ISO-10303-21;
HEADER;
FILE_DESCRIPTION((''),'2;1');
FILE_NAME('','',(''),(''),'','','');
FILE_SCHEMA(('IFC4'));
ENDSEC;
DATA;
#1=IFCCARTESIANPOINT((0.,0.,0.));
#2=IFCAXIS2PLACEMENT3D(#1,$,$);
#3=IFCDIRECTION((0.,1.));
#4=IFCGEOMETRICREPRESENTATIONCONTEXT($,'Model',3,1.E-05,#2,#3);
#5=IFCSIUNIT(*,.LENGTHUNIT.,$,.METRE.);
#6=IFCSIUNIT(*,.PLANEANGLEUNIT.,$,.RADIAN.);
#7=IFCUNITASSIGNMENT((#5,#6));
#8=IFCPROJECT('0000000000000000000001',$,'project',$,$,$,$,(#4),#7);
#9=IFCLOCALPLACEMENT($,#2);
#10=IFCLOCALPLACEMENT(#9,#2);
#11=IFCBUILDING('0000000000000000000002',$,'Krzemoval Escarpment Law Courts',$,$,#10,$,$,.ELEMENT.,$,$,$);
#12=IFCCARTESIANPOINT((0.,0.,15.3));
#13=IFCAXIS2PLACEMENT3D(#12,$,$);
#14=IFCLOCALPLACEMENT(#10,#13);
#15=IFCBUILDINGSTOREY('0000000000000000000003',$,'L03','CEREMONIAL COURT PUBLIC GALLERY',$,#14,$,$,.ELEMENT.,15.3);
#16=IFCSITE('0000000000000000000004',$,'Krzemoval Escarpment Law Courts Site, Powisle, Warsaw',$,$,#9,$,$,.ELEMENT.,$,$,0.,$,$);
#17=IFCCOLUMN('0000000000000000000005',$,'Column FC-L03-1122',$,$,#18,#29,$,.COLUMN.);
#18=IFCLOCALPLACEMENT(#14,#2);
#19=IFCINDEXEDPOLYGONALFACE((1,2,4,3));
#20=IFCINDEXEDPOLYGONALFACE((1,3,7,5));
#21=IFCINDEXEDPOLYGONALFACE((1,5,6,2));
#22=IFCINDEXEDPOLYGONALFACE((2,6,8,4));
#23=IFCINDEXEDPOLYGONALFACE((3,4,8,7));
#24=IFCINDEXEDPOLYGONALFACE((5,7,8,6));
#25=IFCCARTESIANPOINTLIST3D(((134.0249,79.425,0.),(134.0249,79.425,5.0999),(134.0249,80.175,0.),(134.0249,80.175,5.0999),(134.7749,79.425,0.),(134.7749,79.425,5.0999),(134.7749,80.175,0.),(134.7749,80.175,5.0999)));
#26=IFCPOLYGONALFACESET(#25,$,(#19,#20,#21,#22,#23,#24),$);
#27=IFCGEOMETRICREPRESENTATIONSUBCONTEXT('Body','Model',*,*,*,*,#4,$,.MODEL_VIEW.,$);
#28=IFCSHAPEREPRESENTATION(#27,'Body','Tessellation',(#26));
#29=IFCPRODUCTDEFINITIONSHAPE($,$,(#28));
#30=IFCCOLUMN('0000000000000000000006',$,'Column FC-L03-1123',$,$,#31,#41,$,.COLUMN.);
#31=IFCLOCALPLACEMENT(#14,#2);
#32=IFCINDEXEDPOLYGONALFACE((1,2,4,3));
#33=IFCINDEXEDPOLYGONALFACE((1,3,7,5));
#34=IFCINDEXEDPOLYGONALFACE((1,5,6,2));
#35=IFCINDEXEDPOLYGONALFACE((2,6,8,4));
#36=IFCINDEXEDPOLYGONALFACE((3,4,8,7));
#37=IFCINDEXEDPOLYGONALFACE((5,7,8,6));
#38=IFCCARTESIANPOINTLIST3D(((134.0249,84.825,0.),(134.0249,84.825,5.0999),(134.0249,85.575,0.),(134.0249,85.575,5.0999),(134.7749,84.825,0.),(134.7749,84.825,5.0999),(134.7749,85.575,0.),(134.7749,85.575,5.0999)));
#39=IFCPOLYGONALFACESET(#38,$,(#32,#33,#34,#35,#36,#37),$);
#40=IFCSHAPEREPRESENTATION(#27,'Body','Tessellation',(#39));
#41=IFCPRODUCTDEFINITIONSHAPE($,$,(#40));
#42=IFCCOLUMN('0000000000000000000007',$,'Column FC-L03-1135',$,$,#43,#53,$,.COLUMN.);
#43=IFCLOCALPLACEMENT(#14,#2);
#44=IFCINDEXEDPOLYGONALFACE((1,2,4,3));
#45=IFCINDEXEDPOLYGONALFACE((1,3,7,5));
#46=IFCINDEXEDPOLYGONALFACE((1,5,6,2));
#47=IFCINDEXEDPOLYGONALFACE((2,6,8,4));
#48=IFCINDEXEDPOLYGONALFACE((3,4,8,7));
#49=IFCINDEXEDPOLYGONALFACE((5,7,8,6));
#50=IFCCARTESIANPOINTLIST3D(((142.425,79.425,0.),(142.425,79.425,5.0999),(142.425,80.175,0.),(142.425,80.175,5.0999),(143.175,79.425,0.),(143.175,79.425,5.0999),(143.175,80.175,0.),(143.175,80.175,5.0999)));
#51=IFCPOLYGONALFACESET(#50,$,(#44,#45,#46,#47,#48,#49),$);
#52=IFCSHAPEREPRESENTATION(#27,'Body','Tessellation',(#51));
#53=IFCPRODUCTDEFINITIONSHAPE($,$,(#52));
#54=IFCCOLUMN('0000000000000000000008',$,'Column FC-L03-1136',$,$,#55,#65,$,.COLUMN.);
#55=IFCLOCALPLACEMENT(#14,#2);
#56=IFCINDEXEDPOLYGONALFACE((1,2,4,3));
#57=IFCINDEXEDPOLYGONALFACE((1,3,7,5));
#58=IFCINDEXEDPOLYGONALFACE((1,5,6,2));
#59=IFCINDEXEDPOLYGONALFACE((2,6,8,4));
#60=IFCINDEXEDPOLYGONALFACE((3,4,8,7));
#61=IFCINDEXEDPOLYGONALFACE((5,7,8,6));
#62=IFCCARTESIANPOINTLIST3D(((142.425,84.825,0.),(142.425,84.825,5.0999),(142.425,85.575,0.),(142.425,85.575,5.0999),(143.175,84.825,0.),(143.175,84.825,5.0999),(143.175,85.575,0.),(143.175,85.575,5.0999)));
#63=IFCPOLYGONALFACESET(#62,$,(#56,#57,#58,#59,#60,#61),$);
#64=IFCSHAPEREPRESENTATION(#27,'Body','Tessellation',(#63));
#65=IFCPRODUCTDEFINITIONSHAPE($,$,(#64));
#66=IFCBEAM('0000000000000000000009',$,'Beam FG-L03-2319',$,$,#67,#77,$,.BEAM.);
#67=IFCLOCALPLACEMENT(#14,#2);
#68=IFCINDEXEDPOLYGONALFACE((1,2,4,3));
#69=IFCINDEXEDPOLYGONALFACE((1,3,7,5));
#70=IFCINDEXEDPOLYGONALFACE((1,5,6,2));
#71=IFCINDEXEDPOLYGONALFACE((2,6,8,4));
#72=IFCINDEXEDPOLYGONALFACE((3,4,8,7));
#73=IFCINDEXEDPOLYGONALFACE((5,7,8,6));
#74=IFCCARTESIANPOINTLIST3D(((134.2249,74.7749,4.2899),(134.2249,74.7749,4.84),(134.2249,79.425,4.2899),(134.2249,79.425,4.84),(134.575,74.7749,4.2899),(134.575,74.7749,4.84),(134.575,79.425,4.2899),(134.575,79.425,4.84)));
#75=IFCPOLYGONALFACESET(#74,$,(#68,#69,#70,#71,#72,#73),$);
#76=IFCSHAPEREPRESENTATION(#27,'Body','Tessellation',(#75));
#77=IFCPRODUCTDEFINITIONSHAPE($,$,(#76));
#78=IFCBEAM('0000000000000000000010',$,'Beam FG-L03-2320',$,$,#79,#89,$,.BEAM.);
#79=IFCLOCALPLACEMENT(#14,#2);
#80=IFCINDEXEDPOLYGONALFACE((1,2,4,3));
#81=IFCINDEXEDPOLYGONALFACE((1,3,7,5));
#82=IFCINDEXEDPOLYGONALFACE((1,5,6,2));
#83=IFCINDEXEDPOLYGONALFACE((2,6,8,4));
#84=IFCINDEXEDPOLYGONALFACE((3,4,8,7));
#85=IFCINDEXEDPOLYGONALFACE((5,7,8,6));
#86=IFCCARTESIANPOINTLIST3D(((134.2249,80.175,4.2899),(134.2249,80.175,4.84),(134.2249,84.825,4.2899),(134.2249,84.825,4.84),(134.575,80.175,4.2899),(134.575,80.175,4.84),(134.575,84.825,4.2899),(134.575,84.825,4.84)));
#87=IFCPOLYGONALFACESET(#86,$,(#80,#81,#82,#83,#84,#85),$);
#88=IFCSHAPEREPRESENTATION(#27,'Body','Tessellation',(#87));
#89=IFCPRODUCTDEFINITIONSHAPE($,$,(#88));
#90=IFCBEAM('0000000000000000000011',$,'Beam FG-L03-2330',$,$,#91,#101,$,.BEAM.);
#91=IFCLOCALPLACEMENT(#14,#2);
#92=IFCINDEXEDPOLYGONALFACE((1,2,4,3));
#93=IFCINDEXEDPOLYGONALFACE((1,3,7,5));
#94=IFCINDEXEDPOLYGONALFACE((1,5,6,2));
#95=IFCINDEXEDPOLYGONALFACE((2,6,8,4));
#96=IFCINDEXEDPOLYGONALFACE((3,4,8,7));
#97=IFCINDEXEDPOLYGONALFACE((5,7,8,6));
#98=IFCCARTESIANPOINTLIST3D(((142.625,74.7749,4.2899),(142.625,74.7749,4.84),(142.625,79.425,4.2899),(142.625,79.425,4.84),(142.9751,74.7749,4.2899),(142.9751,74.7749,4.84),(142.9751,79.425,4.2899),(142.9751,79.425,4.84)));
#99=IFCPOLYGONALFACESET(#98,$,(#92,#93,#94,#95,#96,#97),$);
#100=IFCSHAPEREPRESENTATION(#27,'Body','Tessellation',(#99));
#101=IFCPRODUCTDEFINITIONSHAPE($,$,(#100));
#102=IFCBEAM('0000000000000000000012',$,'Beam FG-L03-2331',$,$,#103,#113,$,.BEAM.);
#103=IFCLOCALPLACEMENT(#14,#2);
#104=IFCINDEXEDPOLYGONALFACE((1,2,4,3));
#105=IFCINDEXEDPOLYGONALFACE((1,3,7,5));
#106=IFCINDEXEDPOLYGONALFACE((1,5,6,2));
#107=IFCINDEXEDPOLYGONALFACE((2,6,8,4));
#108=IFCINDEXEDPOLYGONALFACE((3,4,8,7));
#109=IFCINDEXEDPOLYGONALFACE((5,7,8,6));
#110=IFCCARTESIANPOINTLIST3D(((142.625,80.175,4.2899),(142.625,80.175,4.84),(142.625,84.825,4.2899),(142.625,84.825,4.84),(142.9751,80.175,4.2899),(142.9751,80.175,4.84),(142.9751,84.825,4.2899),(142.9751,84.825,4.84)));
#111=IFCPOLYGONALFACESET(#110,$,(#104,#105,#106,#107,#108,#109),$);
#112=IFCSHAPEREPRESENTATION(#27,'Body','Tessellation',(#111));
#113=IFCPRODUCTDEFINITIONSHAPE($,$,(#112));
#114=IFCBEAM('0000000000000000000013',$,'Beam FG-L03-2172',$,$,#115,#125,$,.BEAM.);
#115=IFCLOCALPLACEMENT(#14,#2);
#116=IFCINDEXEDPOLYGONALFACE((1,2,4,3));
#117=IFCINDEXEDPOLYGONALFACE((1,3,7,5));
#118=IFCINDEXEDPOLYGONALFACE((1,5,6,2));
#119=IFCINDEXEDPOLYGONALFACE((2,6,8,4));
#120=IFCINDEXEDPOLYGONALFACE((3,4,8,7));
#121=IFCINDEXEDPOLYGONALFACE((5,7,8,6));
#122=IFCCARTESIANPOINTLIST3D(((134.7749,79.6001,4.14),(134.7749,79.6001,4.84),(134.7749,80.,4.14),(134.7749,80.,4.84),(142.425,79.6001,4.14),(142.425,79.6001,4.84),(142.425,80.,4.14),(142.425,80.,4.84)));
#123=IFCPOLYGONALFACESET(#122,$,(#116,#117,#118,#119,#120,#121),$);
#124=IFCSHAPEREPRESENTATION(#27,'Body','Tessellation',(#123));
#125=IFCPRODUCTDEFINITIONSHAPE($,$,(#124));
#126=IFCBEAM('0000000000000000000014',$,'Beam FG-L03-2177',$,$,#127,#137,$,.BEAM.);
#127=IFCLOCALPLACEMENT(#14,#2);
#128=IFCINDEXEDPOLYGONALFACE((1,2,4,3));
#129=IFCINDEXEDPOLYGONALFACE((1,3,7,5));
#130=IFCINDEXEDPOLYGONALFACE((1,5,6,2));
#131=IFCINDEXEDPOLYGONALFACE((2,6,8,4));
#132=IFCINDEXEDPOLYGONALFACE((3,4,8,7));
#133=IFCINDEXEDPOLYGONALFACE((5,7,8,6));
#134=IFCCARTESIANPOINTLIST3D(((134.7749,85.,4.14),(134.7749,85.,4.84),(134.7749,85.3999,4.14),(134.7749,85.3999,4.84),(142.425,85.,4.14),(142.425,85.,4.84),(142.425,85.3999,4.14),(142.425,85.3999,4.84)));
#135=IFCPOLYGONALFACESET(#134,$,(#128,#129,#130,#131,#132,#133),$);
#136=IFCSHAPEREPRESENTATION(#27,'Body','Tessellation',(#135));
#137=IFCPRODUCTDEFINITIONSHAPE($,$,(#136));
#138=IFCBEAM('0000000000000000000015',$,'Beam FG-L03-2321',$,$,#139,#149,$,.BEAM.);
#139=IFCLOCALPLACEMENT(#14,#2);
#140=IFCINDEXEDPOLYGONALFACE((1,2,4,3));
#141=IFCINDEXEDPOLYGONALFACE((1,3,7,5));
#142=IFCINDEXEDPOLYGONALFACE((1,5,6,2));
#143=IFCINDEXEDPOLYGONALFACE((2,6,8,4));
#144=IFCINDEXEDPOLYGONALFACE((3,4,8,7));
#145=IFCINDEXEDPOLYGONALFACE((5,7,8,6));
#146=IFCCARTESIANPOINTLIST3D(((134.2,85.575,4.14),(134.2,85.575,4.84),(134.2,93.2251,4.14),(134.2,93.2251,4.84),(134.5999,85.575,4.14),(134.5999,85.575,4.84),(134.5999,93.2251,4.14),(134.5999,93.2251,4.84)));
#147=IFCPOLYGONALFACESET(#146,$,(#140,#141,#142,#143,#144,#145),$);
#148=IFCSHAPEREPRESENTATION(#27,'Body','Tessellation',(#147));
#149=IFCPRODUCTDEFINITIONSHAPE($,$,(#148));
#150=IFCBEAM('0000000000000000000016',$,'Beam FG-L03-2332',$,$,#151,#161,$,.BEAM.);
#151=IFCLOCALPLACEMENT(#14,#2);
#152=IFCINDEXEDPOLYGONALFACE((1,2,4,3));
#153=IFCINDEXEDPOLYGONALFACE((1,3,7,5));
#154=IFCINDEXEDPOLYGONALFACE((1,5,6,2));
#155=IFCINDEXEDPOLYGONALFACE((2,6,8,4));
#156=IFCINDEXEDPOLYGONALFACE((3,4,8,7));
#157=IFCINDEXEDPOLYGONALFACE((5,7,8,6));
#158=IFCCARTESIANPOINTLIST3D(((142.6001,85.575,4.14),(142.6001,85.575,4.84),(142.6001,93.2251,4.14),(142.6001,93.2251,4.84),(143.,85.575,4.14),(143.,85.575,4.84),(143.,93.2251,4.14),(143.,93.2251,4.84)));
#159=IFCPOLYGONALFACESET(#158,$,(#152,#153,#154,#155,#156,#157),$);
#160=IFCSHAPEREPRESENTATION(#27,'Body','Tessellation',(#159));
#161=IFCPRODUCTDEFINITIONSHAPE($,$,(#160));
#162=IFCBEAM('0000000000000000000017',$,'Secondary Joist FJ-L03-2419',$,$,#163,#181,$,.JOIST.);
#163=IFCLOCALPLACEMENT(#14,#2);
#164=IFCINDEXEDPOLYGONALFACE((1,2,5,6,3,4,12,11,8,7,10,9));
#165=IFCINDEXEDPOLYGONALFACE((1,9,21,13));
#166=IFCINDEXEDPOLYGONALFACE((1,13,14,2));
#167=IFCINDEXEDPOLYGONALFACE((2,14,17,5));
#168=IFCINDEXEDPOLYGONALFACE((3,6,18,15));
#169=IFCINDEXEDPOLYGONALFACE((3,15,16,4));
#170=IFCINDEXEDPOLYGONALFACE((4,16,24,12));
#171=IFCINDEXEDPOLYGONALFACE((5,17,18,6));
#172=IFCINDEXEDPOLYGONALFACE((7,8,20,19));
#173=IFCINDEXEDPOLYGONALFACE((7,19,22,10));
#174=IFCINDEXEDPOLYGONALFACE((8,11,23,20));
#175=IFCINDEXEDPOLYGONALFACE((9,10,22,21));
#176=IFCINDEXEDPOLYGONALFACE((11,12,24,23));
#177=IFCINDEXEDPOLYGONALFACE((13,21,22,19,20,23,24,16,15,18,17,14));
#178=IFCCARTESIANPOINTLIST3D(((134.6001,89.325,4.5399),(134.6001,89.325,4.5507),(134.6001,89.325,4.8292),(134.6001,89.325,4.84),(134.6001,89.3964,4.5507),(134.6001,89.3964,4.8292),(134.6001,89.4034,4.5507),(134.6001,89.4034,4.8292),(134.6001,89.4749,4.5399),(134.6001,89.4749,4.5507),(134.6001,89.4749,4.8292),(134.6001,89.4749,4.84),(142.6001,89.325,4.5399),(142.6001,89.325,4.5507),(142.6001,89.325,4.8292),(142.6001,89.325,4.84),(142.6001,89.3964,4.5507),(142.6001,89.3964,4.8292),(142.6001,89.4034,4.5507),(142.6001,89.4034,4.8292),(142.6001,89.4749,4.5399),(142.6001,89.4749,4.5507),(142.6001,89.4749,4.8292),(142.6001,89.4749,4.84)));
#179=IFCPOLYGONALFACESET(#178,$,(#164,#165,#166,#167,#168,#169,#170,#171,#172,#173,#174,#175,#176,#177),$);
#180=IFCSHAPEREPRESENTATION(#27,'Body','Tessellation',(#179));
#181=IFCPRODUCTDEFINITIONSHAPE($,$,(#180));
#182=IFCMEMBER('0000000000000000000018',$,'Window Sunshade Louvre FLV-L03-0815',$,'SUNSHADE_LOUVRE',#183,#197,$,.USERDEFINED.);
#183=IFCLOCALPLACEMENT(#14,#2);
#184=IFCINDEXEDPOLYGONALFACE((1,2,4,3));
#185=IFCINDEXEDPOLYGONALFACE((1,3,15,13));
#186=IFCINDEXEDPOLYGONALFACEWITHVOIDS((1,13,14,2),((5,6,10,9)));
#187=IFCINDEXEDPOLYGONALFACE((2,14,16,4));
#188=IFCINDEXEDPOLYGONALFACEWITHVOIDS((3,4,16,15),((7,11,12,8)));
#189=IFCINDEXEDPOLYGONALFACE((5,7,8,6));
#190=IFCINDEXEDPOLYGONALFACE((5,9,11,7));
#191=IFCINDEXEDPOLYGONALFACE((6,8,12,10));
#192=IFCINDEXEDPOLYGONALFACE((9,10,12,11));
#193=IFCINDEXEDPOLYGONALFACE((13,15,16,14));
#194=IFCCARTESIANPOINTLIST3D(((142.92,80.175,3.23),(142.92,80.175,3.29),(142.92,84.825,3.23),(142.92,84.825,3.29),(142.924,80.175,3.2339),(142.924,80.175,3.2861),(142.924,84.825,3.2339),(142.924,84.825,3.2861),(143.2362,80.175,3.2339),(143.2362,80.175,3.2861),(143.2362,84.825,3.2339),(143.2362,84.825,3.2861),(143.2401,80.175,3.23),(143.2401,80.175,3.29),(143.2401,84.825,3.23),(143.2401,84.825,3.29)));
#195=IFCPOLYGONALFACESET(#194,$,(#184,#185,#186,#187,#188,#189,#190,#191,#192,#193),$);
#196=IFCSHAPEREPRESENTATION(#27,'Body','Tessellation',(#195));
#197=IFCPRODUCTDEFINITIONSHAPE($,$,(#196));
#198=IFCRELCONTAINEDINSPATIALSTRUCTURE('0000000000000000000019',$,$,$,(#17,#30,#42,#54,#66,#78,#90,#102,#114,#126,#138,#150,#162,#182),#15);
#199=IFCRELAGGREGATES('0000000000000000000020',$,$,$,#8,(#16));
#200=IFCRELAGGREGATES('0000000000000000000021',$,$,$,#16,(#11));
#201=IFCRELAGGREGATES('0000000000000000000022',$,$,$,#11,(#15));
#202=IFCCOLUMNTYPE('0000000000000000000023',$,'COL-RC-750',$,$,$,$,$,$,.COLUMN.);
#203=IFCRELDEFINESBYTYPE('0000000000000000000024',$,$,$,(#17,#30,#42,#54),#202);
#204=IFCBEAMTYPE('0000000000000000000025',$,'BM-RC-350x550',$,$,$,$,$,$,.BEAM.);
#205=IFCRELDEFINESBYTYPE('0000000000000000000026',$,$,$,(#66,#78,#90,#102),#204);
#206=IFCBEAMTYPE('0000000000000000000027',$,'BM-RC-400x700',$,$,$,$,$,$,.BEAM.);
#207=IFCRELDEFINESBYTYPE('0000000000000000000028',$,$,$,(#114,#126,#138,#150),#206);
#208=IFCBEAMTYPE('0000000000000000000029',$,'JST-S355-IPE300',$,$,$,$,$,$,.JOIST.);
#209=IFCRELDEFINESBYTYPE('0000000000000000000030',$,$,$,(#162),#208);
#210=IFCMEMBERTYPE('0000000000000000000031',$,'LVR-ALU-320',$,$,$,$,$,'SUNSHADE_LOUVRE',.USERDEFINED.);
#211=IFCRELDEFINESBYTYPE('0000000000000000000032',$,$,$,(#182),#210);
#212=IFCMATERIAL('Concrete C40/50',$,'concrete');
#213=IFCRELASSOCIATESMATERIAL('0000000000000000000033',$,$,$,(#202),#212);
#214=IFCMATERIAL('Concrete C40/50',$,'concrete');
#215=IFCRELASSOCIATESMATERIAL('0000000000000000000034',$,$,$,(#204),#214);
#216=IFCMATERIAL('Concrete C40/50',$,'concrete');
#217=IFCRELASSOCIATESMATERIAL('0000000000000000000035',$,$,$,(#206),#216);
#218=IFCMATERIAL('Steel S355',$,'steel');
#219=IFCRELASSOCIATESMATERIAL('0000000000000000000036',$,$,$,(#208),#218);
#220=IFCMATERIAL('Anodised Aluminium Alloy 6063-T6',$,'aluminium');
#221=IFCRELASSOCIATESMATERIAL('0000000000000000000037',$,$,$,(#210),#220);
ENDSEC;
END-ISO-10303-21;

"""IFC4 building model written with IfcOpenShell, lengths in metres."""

from ifc_helpers import new_model, si_unit, direction, frame, origin, origin_2d, place, context, subcontext, project, spatial, rectangle, hollow_rectangle, i_section, extrude, material, material_profile, profile_set, type_object, element, save


model = new_model("IFC4")

# Units and contexts
model_context = context("Model", 3, precision=1e-05, world=origin(), true_north=direction((0.0, 1.0)))
body_context = subcontext(model_context, "Body", "Model", "MODEL_VIEW")
ifc_project = project(units=[si_unit("LENGTHUNIT", "METRE"), si_unit("PLANEANGLEUNIT", "RADIAN")], contexts=[model_context])

# Site, building, storey
site_placement = place(None, origin())
site = spatial("IfcSite", under=ifc_project, at=site_placement, Name="Krzemoval Escarpment Law Courts Site, Powisle, Warsaw", CompositionType="ELEMENT", RefElevation=0.0)
building_placement = place(site_placement, origin())
building = spatial("IfcBuilding", under=site, at=building_placement, Name="Krzemoval Escarpment Law Courts", CompositionType="ELEMENT")
storey_placement = place(building_placement, frame((0.0, 0.0, 15.3)))
storey = spatial("IfcBuildingStorey", under=building, at=storey_placement, Name="L03", Description="CEREMONIAL COURT PUBLIC GALLERY", CompositionType="ELEMENT", Elevation=15.3)

# Columns
ifc_material_1 = material(Name="Concrete C40/50", Category="concrete")
ifc_material_profile_1 = material_profile(ifc_material_1, rectangle(XDim=0.75, YDim=0.75, at=origin_2d()), Name="RC 750x750")
ifc_profile_set_1 = profile_set([ifc_material_profile_1], Name="Concrete C40/50")
column_type = type_object("IfcColumnType", Name="COL-RC-750", PredefinedType="COLUMN", material=ifc_profile_set_1)
for number, where, z_axis, x_axis, name in (
    (1, (134.3999, 79.8, 0.0), (0.0, 0.0, 1.0), (1.0, 0.0, 0.0), "Column FC-L03-1122"),
    (2, (134.3999, 85.2, 0.0), (0.0, 0.0, 1.0), (1.0, 0.0, 0.0), "Column FC-L03-1123"),
    (3, (142.8, 79.8, 0.0), (0.0, 0.0, 1.0), (1.0, 0.0, 0.0), "Column FC-L03-1135"),
    (4, (142.8, 85.2, 0.0), (0.0, 0.0, 1.0), (1.0, 0.0, 0.0), "Column FC-L03-1136"),
):
    element("IfcColumn", number, at=place(storey_placement, frame(where, z_axis=z_axis, x_axis=x_axis)), inside=storey, type_object=column_type, Name=name, PredefinedType="COLUMN", context=body_context, shape_type="SweptSolid", body=[
        extrude(rectangle(XDim=0.75, YDim=0.75, at=origin_2d()), origin(), (0.0, 0.0, 1.0), 5.0999),
    ])

# Beams
ifc_material_2 = material(Name="Concrete C40/50", Category="concrete")
ifc_material_profile_2 = material_profile(ifc_material_2, rectangle(XDim=0.3501, YDim=0.55, at=origin_2d()), Name="RCB 350x550")
ifc_profile_set_2 = profile_set([ifc_material_profile_2], Name="Concrete C40/50")
beam_type_1 = type_object("IfcBeamType", Name="BM-RC-350x550", PredefinedType="BEAM", material=ifc_profile_set_2)
beam_1_placement = place(storey_placement, frame((134.3999, 74.7749, 4.5649), z_axis=(0.0, 1.0, 0.0), x_axis=(-1.0, 0.0, 0.0)))
element("IfcBeam", 5, at=beam_1_placement, inside=storey, type_object=beam_type_1, Name="Beam FG-L03-2319", PredefinedType="BEAM", context=body_context, shape_type="SweptSolid", body=[
    extrude(rectangle(XDim=0.3501, YDim=0.55, at=origin_2d()), origin(), (0.0, 0.0, 1.0), 4.6501),
])
beam_2_placement = place(storey_placement, frame((134.3999, 80.175, 4.5649), z_axis=(0.0, 1.0, 0.0), x_axis=(-1.0, 0.0, 0.0)))
element("IfcBeam", 6, at=beam_2_placement, inside=storey, type_object=beam_type_1, Name="Beam FG-L03-2320", PredefinedType="BEAM", context=body_context, shape_type="SweptSolid", body=[
    extrude(rectangle(XDim=0.3501, YDim=0.55, at=origin_2d()), origin(), (0.0, 0.0, 1.0), 4.6499),
])
beam_3_placement = place(storey_placement, frame((142.8, 74.7749, 4.5649), z_axis=(0.0, 1.0, 0.0), x_axis=(-1.0, 0.0, 0.0)))
element("IfcBeam", 7, at=beam_3_placement, inside=storey, type_object=beam_type_1, Name="Beam FG-L03-2330", PredefinedType="BEAM", context=body_context, shape_type="SweptSolid", body=[
    extrude(rectangle(XDim=0.3501, YDim=0.55, at=origin_2d()), origin(), (0.0, 0.0, 1.0), 4.6501),
])
beam_4_placement = place(storey_placement, frame((142.8, 80.175, 4.5649), z_axis=(0.0, 1.0, 0.0), x_axis=(-1.0, 0.0, 0.0)))
element("IfcBeam", 8, at=beam_4_placement, inside=storey, type_object=beam_type_1, Name="Beam FG-L03-2331", PredefinedType="BEAM", context=body_context, shape_type="SweptSolid", body=[
    extrude(rectangle(XDim=0.3501, YDim=0.55, at=origin_2d()), origin(), (0.0, 0.0, 1.0), 4.6499),
])
ifc_material_3 = material(Name="Concrete C40/50", Category="concrete")
ifc_material_profile_3 = material_profile(ifc_material_3, rectangle(XDim=0.3999, YDim=0.7, at=origin_2d()), Name="RCB 400x700")
ifc_profile_set_3 = profile_set([ifc_material_profile_3], Name="Concrete C40/50")
beam_type_2 = type_object("IfcBeamType", Name="BM-RC-400x700", PredefinedType="BEAM", material=ifc_profile_set_3)
for number, where, z_axis, x_axis, name in (
    (9, (134.7749, 79.8, 4.49), (1.0, 0.0, 0.0), (0.0, 1.0, 0.0), "Beam FG-L03-2172"),
    (10, (134.7749, 85.2, 4.49), (1.0, 0.0, 0.0), (0.0, 1.0, 0.0), "Beam FG-L03-2177"),
    (11, (134.3999, 85.575, 4.49), (0.0, 1.0, 0.0), (-1.0, 0.0, 0.0), "Beam FG-L03-2321"),
    (12, (142.8, 85.575, 4.49), (0.0, 1.0, 0.0), (-1.0, 0.0, 0.0), "Beam FG-L03-2332"),
):
    element("IfcBeam", number, at=place(storey_placement, frame(where, z_axis=z_axis, x_axis=x_axis)), inside=storey, type_object=beam_type_2, Name=name, PredefinedType="BEAM", context=body_context, shape_type="SweptSolid", body=[
        extrude(rectangle(XDim=0.3999, YDim=0.7, at=origin_2d()), origin(), (0.0, 0.0, 1.0), 7.6501),
    ])
ifc_material_4 = material(Name="Steel S355", Category="steel")
ifc_material_profile_4 = material_profile(ifc_material_4, i_section(OverallWidth=0.1499, OverallDepth=0.3, WebThickness=0.0071, FlangeThickness=0.0107, at=origin_2d()), Name="IPE 300")
ifc_profile_set_4 = profile_set([ifc_material_profile_4], Name="Steel S355")
beam_type_3 = type_object("IfcBeamType", Name="JST-S355-IPE300", PredefinedType="JOIST", material=ifc_profile_set_4)
beam_5_placement = place(storey_placement, frame((134.6001, 89.3999, 4.6899), z_axis=(1.0, 0.0, 0.0), x_axis=(0.0, 1.0, 0.0)))
element("IfcBeam", 13, at=beam_5_placement, inside=storey, type_object=beam_type_3, Name="Secondary Joist FJ-L03-2419", PredefinedType="JOIST", context=body_context, shape_type="SweptSolid", body=[
    extrude(i_section(OverallWidth=0.1499, OverallDepth=0.3, WebThickness=0.0071, FlangeThickness=0.0107, at=origin_2d()), origin(), (0.0, 0.0, 1.0), 8.0),
])

# Member
ifc_material_5 = material(Name="Anodised Aluminium Alloy 6063-T6", Category="aluminium")
ifc_material_profile_5 = material_profile(ifc_material_5, hollow_rectangle(XDim=0.0601, YDim=0.3201, WallThickness=0.0039, at=origin_2d()), Name="ALU LVR 60x320")
ifc_profile_set_5 = profile_set([ifc_material_profile_5], Name="Anodised Aluminium Alloy 6063-T6")
member_type = type_object("IfcMemberType", Name="LVR-ALU-320", ElementType="SUNSHADE_LOUVRE", PredefinedType="USERDEFINED", material=ifc_profile_set_5)
member_1_placement = place(storey_placement, frame((143.0801, 84.825, 3.26), z_axis=(0.0, -1.0, 0.0), x_axis=(0.0, 0.0, 1.0)))
element("IfcMember", 14, at=member_1_placement, inside=storey, type_object=member_type, Name="Window Sunshade Louvre FLV-L03-0815", ObjectType="SUNSHADE_LOUVRE", PredefinedType="USERDEFINED", context=body_context, shape_type="SweptSolid", body=[
    extrude(hollow_rectangle(XDim=0.0601, YDim=0.3201, WallThickness=0.0039, at=origin_2d()), origin(), (0.0, 0.0, 1.0), 4.6499),
])

save(model, "model.ifc")
